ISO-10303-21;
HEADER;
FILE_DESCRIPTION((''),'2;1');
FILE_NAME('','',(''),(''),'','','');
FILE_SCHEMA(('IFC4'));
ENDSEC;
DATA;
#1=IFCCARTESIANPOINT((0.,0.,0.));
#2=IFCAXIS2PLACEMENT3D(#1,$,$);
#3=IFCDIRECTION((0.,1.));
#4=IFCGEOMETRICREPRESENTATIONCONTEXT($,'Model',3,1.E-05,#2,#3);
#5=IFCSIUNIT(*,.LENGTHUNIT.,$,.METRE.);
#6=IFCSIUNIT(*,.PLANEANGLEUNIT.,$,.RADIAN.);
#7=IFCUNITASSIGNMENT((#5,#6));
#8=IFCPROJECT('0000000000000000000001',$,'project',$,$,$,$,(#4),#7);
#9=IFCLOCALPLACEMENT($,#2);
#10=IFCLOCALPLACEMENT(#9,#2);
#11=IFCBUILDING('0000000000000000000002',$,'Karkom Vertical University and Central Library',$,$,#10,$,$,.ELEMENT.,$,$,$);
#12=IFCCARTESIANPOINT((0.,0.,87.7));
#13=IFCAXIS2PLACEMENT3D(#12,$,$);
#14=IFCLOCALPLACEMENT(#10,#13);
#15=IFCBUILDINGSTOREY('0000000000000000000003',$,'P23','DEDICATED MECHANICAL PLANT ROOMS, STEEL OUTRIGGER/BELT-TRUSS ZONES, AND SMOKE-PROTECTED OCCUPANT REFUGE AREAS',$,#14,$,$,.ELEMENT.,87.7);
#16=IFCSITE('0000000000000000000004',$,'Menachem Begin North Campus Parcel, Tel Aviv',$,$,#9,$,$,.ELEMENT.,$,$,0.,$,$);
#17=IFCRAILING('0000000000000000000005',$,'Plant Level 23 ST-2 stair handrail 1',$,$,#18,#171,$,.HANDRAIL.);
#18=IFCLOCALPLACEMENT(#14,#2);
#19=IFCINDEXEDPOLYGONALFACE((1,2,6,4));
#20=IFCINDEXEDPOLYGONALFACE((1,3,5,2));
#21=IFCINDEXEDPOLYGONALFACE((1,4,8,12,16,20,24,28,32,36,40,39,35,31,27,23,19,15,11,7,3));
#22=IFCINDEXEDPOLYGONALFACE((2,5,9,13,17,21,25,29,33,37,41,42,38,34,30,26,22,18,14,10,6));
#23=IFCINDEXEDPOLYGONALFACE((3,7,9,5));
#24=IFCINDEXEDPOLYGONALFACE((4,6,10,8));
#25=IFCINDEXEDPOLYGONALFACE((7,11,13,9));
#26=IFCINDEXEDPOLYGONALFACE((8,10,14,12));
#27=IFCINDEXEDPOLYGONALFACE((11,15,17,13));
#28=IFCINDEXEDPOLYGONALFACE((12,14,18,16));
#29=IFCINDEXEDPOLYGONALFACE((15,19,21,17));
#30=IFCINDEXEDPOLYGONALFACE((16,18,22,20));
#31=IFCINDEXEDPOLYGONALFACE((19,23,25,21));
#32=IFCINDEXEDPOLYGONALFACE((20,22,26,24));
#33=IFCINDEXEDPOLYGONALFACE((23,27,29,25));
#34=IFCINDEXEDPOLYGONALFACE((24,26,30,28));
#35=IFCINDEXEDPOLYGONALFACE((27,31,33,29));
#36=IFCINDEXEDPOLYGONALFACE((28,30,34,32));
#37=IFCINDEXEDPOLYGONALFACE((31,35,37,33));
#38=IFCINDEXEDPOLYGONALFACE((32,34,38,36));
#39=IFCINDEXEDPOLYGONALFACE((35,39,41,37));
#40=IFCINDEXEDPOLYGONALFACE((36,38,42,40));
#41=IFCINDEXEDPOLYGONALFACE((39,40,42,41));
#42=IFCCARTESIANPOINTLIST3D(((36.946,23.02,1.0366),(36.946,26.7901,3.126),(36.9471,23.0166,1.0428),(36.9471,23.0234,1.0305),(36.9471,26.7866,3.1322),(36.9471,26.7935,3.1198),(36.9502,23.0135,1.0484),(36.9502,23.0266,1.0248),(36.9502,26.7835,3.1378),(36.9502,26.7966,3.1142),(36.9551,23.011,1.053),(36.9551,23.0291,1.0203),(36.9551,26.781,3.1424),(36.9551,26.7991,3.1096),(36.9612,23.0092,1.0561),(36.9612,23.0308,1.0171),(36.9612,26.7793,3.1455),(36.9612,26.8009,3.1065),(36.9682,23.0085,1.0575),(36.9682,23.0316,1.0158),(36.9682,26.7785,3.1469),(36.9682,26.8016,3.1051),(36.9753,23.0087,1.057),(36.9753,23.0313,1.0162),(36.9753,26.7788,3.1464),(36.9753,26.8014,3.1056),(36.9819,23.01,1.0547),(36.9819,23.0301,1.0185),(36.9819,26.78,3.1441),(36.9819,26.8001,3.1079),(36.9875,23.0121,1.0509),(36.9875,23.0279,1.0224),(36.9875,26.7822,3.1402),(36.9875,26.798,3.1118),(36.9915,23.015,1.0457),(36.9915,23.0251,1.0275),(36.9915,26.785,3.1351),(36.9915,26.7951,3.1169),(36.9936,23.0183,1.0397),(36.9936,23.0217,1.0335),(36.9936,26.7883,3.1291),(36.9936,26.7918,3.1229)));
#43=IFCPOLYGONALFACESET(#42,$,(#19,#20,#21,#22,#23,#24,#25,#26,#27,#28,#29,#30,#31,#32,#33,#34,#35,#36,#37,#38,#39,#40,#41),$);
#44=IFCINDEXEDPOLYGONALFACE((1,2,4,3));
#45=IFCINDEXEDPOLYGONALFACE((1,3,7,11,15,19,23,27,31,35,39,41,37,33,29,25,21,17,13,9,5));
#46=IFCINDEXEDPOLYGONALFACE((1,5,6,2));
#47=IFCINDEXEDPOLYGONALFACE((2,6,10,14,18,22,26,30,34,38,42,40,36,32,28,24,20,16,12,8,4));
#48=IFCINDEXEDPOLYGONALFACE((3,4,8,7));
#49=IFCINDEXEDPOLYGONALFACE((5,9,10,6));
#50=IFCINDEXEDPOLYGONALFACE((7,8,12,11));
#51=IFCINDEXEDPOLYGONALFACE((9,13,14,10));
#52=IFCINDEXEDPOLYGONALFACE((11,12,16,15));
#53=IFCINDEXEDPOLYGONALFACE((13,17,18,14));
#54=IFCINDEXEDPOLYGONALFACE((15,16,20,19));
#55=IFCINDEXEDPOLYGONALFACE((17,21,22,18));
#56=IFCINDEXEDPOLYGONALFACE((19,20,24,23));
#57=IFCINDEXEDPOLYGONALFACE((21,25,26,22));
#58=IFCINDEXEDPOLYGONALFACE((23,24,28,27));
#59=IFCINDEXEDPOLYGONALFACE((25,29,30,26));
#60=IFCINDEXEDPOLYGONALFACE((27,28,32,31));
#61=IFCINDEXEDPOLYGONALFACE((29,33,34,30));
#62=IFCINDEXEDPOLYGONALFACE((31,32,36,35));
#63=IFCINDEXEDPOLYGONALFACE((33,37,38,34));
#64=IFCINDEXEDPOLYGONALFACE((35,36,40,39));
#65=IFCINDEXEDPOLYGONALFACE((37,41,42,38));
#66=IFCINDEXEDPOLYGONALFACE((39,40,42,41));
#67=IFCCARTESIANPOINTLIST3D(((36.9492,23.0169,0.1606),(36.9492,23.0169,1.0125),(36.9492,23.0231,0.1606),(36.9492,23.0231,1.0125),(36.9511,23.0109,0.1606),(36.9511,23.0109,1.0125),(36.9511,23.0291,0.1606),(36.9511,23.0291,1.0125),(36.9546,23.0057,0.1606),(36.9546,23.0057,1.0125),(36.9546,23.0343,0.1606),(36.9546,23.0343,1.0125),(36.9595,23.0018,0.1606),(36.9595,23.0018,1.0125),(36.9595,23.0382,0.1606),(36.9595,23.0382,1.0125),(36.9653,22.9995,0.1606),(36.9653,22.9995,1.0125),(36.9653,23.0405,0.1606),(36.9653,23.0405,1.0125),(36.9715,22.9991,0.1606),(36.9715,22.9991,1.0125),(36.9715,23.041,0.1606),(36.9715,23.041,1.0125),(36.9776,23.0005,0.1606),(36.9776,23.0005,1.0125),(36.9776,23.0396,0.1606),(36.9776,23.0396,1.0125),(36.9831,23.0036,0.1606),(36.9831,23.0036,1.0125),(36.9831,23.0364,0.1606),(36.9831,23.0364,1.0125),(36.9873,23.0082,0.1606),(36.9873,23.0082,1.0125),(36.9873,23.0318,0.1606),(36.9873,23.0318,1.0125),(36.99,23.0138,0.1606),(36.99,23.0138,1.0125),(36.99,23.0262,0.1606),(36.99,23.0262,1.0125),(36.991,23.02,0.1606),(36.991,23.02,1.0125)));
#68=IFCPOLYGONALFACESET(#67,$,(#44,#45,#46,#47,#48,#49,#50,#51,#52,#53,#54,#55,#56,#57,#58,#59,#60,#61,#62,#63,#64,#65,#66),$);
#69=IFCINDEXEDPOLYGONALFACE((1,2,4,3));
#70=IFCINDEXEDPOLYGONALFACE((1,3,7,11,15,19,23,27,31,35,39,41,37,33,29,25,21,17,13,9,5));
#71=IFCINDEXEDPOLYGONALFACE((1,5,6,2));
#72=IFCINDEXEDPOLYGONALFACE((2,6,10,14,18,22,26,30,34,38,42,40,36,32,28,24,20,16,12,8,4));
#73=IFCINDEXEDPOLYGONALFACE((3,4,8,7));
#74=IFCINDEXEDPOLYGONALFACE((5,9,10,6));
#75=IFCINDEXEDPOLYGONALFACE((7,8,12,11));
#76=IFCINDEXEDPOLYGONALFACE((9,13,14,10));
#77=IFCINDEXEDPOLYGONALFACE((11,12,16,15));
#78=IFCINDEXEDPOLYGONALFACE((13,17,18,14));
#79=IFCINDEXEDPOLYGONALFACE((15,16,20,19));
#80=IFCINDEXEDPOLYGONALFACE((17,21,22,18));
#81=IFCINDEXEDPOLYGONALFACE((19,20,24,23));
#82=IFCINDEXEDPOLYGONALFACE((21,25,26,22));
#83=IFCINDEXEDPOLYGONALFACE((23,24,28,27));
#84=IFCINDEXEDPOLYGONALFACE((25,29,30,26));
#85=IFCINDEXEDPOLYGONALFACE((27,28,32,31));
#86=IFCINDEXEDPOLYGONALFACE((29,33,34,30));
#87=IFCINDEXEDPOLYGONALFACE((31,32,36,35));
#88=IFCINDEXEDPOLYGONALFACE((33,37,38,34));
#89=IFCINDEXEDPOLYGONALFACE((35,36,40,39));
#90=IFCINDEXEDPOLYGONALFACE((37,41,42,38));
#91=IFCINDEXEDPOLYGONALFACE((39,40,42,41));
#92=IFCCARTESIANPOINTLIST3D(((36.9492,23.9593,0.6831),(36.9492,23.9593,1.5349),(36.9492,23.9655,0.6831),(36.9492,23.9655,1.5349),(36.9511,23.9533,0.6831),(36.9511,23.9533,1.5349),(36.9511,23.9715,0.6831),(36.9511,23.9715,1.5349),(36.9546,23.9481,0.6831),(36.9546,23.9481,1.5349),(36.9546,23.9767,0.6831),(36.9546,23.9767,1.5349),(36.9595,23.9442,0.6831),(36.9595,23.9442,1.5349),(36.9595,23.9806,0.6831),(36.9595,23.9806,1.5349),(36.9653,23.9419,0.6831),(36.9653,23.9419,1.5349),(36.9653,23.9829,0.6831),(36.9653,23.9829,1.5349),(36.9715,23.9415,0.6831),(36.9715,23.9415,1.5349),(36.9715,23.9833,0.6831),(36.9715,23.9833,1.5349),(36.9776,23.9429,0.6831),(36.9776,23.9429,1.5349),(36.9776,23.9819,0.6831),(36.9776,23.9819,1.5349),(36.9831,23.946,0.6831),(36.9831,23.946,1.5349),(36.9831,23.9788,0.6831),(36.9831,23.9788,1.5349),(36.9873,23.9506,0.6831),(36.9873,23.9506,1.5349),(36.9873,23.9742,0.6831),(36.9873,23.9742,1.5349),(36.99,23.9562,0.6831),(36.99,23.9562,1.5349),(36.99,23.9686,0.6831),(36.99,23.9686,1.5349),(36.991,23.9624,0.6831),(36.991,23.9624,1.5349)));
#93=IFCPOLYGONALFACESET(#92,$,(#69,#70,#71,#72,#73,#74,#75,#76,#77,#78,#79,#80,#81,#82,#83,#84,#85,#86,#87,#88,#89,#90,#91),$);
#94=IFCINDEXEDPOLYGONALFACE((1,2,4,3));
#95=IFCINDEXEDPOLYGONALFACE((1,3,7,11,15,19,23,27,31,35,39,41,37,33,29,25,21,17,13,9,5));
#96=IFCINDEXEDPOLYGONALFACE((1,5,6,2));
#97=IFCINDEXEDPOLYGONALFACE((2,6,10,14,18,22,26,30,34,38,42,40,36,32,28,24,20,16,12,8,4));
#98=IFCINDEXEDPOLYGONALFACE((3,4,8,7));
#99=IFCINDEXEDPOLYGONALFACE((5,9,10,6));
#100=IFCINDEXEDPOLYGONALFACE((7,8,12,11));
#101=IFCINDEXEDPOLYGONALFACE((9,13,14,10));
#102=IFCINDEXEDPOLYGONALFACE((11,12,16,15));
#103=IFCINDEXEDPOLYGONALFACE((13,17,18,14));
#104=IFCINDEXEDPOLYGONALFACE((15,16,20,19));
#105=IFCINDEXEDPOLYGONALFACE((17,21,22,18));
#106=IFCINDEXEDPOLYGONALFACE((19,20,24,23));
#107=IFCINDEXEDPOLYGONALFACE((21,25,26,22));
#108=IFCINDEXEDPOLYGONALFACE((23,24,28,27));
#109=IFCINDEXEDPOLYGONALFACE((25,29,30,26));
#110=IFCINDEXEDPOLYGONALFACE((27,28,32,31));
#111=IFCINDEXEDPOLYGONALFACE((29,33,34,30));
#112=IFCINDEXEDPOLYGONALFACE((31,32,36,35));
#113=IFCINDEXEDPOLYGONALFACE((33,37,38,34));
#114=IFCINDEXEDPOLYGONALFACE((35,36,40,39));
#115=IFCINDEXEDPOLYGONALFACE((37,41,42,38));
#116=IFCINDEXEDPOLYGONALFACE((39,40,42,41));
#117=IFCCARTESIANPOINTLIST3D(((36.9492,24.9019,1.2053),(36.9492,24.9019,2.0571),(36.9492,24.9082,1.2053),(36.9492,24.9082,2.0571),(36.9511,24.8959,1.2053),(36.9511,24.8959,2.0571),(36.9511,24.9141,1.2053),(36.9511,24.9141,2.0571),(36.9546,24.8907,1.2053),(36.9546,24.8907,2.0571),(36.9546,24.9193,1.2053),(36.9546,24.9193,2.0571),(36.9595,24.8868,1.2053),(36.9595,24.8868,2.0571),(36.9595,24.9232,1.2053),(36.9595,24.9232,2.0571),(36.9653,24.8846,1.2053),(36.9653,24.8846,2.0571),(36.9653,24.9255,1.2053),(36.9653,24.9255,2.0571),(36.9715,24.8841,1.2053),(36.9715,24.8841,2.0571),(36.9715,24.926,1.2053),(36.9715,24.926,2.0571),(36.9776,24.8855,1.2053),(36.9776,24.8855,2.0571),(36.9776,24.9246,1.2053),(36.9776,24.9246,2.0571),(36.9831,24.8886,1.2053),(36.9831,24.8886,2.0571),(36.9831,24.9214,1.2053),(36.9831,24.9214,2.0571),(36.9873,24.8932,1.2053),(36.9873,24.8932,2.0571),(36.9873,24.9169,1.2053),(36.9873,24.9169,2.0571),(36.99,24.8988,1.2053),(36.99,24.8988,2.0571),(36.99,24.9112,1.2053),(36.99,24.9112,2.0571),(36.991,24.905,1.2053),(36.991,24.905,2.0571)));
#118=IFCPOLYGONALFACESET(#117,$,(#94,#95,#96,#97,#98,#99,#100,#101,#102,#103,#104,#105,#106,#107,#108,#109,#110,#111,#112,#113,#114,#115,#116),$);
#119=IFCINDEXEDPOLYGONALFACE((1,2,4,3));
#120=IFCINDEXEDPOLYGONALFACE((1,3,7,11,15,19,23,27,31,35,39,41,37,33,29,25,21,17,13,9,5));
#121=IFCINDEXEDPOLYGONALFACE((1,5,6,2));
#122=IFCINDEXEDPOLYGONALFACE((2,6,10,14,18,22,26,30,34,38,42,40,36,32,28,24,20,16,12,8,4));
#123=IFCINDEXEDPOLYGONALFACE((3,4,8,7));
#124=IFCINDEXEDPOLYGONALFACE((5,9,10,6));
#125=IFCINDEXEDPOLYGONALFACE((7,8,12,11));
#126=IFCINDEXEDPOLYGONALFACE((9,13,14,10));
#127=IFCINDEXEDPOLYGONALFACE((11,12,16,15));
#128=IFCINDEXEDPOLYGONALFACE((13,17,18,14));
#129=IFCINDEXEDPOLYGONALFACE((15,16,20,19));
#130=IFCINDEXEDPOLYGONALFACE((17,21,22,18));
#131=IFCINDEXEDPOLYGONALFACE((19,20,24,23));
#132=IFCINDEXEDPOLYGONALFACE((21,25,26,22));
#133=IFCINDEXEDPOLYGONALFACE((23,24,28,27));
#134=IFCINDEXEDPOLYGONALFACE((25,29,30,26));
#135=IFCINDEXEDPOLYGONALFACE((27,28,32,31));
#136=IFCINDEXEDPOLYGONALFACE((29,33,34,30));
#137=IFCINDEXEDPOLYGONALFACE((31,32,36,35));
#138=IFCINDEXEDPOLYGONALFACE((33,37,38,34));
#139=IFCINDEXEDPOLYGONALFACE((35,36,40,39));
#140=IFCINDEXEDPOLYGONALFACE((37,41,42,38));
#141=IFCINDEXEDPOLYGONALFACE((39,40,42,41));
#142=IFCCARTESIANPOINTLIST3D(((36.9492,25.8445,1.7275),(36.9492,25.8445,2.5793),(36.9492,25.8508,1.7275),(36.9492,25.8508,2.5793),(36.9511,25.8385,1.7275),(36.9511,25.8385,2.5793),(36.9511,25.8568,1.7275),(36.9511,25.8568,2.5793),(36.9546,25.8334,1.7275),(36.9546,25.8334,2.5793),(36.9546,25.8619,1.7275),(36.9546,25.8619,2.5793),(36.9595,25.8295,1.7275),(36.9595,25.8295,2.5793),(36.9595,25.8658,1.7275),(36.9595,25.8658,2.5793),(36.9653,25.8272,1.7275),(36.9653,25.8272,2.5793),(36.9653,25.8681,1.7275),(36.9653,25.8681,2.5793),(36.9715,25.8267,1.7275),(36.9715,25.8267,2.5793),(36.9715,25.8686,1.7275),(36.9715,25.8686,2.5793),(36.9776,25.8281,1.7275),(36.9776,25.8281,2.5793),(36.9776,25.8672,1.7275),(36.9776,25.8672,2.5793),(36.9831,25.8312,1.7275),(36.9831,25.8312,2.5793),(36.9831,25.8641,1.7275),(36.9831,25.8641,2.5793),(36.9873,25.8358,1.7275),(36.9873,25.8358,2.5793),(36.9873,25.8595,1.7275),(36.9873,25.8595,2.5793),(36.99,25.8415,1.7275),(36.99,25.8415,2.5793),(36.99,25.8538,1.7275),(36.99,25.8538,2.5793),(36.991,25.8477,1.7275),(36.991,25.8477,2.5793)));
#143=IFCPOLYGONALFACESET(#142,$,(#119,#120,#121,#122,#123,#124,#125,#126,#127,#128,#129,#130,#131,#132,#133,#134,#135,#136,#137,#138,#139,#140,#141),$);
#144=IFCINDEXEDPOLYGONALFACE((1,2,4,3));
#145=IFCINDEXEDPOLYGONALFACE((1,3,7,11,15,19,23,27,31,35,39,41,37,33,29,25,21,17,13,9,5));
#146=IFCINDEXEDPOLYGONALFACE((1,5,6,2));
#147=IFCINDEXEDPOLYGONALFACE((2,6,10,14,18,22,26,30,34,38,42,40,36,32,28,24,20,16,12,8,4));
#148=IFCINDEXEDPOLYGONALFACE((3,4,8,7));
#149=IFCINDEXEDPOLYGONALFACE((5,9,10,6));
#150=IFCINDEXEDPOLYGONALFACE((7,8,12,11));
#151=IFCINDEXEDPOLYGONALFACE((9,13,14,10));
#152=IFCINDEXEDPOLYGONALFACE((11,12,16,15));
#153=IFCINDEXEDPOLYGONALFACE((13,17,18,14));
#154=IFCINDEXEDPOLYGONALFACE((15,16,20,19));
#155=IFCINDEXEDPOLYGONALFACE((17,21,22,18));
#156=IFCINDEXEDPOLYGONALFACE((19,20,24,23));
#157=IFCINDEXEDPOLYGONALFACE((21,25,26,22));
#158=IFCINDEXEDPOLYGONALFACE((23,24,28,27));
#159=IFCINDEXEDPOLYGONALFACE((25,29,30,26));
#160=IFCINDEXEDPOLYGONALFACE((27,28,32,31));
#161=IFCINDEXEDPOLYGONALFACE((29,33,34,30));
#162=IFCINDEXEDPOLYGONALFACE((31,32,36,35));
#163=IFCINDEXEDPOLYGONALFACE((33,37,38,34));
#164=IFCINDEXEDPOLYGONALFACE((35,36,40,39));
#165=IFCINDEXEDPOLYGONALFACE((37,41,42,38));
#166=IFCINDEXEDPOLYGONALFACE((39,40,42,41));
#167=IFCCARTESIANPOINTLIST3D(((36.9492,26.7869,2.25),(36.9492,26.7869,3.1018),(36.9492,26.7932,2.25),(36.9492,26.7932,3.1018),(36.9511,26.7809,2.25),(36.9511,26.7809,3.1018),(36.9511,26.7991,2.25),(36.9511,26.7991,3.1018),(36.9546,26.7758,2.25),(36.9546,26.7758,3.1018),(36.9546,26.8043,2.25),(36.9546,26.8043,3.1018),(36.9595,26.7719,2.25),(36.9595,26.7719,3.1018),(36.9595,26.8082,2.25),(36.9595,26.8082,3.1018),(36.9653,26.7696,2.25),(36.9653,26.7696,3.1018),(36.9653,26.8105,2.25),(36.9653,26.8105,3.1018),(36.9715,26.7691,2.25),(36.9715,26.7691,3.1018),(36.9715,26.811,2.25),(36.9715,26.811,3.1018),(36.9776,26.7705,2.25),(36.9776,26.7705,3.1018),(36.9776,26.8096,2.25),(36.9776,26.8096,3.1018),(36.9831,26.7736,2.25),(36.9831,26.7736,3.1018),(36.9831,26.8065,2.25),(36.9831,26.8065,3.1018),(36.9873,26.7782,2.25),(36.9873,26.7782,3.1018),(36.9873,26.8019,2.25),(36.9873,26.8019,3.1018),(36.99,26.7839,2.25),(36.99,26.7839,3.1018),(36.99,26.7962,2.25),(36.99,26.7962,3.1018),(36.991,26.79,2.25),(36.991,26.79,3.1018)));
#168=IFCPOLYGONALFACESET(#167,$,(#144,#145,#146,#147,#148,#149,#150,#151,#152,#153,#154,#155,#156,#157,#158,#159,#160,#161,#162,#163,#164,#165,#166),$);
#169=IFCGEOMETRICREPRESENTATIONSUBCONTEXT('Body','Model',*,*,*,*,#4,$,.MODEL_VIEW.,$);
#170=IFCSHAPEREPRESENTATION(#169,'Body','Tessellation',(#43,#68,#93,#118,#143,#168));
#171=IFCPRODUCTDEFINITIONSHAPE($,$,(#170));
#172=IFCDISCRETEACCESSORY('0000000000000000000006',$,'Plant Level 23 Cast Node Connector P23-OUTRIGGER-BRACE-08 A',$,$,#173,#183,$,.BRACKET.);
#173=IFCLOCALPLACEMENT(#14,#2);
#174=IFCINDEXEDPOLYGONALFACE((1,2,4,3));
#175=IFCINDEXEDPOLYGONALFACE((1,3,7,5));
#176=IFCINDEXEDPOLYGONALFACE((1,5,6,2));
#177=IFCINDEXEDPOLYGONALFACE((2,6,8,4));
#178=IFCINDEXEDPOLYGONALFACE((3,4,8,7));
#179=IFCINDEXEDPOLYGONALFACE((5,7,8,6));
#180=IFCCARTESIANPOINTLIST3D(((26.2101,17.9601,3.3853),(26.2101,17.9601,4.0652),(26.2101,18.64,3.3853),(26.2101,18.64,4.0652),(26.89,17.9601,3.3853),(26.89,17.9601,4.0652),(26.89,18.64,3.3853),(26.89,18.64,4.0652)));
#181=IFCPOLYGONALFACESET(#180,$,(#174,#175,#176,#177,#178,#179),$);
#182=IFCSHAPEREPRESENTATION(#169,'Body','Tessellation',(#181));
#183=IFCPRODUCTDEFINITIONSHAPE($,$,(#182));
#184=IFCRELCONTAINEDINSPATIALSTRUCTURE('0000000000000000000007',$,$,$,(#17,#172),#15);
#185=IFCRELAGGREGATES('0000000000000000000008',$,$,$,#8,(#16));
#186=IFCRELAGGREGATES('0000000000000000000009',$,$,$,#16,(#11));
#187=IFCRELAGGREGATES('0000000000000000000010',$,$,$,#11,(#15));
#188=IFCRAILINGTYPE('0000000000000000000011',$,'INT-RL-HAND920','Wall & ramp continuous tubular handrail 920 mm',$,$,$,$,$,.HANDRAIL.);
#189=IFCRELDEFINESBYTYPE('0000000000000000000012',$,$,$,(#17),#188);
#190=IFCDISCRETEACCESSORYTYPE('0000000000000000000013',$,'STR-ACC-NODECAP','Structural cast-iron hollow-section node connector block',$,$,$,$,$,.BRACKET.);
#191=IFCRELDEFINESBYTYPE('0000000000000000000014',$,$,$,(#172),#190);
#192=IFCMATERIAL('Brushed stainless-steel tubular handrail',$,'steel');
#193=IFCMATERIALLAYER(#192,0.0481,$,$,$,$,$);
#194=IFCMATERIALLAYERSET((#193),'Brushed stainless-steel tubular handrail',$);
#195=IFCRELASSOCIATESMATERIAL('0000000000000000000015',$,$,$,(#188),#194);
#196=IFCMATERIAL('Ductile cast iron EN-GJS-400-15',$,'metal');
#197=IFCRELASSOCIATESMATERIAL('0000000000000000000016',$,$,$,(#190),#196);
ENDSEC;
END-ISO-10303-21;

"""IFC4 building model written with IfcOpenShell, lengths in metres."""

from ifc_helpers import new_model, si_unit, direction, frame, origin, origin_with_axes, origin_2d, place, context, subcontext, project, spatial, rectangle, circle, extrude, source, transform, mapped, material, layer, layer_set, type_object, element, save


model = new_model("IFC4")

# Units and contexts
model_context = context("Model", 3, precision=1e-05, world=origin(), true_north=direction((0.0, 1.0)))
body_context = subcontext(model_context, "Body", "Model", "MODEL_VIEW")
ifc_project = project(units=[si_unit("LENGTHUNIT", "METRE"), si_unit("PLANEANGLEUNIT", "RADIAN")], contexts=[model_context])

# Site, building, storey
site_placement = place(None, origin())
site = spatial("IfcSite", under=ifc_project, at=site_placement, Name="Menachem Begin North Campus Parcel, Tel Aviv", CompositionType="ELEMENT", RefElevation=0.0)
building_placement = place(site_placement, origin())
building = spatial("IfcBuilding", under=site, at=building_placement, Name="Karkom Vertical University and Central Library", CompositionType="ELEMENT")
storey_placement = place(building_placement, frame((0.0, 0.0, 87.7)))
storey = spatial("IfcBuildingStorey", under=building, at=storey_placement, Name="P23", Description="DEDICATED MECHANICAL PLANT ROOMS, STEEL OUTRIGGER/BELT-TRUSS ZONES, AND SMOKE-PROTECTED OCCUPANT REFUGE AREAS", CompositionType="ELEMENT", Elevation=87.7)

# Railing
ifc_material_1 = material(Name="Brushed stainless-steel tubular handrail", Category="steel")
ifc_layer_1 = layer(ifc_material_1, 0.0481)
ifc_layer_set_1 = layer_set([ifc_layer_1], Name="Brushed stainless-steel tubular handrail")
railing_type_1 = type_object("IfcRailingType", Name="INT-RL-HAND920", Description="Wall & ramp continuous tubular handrail 920 mm", PredefinedType="HANDRAIL", material=ifc_layer_set_1)
railing_1_placement = place(storey_placement, frame((36.97, 23.02, 0.1606)))
element("IfcRailing", 1, at=railing_1_placement, inside=storey, type_object=railing_type_1, Name="Plant Level 23 ST-2 stair handrail 1", PredefinedType="HANDRAIL", context=body_context, shape_type="SweptSolid", body=[
    extrude(circle(Radius=0.0239, at=origin_2d()), frame((0.0, 0.0, 0.876), z_axis=(0.0, 0.874659, 0.484739), x_axis=(-1.0, 0.0, 0.0)), (0.0, 0.0, 1.0), 4.3103),
    extrude(circle(Radius=0.021, at=origin_2d()), origin(), (0.0, 0.0, 1.0), 0.8518),
    extrude(circle(Radius=0.021, at=origin_2d()), frame((0.0, 0.9424, 0.5225)), (0.0, 0.0, 1.0), 0.8518),
    extrude(circle(Radius=0.021, at=origin_2d()), frame((0.0, 1.885, 1.0447)), (0.0, 0.0, 1.0), 0.8518),
    extrude(circle(Radius=0.021, at=origin_2d()), frame((0.0, 2.8276, 1.5669)), (0.0, 0.0, 1.0), 0.8518),
    extrude(circle(Radius=0.021, at=origin_2d()), frame((0.0, 3.77, 2.0894)), (0.0, 0.0, 1.0), 0.8518),
])

# Discrete accessory
ifc_material_2 = material(Name="Ductile cast iron EN-GJS-400-15", Category="metal")
discrete_accessory_type = type_object("IfcDiscreteAccessoryType", Name="STR-ACC-NODECAP", Description="Structural cast-iron hollow-section node connector block", PredefinedType="BRACKET", material=ifc_material_2)
shared_shape_1 = source(origin_with_axes(), body_context, "Body", "SweptSolid", [
    extrude(rectangle(XDim=0.6799, YDim=0.6799, at=origin_2d()), origin(), (0.0, 0.0, 1.0), 0.6799),
])
discrete_accessory_placement = place(storey_placement, frame((26.55, 18.3, 3.3853), z_axis=(0.0, 0.0, 1.0), x_axis=(1.0, 0.0, 0.0)))
element("IfcDiscreteAccessory", 2, at=discrete_accessory_placement, inside=storey, type_object=discrete_accessory_type, Name="Plant Level 23 Cast Node Connector P23-OUTRIGGER-BRACE-08 A", PredefinedType="BRACKET", context=body_context, shape_type="MappedRepresentation", body=[
    mapped(shared_shape_1, transform((0.0, 0.0, 0.0), scale=1.0)),
])

save(model, "model.ifc")
